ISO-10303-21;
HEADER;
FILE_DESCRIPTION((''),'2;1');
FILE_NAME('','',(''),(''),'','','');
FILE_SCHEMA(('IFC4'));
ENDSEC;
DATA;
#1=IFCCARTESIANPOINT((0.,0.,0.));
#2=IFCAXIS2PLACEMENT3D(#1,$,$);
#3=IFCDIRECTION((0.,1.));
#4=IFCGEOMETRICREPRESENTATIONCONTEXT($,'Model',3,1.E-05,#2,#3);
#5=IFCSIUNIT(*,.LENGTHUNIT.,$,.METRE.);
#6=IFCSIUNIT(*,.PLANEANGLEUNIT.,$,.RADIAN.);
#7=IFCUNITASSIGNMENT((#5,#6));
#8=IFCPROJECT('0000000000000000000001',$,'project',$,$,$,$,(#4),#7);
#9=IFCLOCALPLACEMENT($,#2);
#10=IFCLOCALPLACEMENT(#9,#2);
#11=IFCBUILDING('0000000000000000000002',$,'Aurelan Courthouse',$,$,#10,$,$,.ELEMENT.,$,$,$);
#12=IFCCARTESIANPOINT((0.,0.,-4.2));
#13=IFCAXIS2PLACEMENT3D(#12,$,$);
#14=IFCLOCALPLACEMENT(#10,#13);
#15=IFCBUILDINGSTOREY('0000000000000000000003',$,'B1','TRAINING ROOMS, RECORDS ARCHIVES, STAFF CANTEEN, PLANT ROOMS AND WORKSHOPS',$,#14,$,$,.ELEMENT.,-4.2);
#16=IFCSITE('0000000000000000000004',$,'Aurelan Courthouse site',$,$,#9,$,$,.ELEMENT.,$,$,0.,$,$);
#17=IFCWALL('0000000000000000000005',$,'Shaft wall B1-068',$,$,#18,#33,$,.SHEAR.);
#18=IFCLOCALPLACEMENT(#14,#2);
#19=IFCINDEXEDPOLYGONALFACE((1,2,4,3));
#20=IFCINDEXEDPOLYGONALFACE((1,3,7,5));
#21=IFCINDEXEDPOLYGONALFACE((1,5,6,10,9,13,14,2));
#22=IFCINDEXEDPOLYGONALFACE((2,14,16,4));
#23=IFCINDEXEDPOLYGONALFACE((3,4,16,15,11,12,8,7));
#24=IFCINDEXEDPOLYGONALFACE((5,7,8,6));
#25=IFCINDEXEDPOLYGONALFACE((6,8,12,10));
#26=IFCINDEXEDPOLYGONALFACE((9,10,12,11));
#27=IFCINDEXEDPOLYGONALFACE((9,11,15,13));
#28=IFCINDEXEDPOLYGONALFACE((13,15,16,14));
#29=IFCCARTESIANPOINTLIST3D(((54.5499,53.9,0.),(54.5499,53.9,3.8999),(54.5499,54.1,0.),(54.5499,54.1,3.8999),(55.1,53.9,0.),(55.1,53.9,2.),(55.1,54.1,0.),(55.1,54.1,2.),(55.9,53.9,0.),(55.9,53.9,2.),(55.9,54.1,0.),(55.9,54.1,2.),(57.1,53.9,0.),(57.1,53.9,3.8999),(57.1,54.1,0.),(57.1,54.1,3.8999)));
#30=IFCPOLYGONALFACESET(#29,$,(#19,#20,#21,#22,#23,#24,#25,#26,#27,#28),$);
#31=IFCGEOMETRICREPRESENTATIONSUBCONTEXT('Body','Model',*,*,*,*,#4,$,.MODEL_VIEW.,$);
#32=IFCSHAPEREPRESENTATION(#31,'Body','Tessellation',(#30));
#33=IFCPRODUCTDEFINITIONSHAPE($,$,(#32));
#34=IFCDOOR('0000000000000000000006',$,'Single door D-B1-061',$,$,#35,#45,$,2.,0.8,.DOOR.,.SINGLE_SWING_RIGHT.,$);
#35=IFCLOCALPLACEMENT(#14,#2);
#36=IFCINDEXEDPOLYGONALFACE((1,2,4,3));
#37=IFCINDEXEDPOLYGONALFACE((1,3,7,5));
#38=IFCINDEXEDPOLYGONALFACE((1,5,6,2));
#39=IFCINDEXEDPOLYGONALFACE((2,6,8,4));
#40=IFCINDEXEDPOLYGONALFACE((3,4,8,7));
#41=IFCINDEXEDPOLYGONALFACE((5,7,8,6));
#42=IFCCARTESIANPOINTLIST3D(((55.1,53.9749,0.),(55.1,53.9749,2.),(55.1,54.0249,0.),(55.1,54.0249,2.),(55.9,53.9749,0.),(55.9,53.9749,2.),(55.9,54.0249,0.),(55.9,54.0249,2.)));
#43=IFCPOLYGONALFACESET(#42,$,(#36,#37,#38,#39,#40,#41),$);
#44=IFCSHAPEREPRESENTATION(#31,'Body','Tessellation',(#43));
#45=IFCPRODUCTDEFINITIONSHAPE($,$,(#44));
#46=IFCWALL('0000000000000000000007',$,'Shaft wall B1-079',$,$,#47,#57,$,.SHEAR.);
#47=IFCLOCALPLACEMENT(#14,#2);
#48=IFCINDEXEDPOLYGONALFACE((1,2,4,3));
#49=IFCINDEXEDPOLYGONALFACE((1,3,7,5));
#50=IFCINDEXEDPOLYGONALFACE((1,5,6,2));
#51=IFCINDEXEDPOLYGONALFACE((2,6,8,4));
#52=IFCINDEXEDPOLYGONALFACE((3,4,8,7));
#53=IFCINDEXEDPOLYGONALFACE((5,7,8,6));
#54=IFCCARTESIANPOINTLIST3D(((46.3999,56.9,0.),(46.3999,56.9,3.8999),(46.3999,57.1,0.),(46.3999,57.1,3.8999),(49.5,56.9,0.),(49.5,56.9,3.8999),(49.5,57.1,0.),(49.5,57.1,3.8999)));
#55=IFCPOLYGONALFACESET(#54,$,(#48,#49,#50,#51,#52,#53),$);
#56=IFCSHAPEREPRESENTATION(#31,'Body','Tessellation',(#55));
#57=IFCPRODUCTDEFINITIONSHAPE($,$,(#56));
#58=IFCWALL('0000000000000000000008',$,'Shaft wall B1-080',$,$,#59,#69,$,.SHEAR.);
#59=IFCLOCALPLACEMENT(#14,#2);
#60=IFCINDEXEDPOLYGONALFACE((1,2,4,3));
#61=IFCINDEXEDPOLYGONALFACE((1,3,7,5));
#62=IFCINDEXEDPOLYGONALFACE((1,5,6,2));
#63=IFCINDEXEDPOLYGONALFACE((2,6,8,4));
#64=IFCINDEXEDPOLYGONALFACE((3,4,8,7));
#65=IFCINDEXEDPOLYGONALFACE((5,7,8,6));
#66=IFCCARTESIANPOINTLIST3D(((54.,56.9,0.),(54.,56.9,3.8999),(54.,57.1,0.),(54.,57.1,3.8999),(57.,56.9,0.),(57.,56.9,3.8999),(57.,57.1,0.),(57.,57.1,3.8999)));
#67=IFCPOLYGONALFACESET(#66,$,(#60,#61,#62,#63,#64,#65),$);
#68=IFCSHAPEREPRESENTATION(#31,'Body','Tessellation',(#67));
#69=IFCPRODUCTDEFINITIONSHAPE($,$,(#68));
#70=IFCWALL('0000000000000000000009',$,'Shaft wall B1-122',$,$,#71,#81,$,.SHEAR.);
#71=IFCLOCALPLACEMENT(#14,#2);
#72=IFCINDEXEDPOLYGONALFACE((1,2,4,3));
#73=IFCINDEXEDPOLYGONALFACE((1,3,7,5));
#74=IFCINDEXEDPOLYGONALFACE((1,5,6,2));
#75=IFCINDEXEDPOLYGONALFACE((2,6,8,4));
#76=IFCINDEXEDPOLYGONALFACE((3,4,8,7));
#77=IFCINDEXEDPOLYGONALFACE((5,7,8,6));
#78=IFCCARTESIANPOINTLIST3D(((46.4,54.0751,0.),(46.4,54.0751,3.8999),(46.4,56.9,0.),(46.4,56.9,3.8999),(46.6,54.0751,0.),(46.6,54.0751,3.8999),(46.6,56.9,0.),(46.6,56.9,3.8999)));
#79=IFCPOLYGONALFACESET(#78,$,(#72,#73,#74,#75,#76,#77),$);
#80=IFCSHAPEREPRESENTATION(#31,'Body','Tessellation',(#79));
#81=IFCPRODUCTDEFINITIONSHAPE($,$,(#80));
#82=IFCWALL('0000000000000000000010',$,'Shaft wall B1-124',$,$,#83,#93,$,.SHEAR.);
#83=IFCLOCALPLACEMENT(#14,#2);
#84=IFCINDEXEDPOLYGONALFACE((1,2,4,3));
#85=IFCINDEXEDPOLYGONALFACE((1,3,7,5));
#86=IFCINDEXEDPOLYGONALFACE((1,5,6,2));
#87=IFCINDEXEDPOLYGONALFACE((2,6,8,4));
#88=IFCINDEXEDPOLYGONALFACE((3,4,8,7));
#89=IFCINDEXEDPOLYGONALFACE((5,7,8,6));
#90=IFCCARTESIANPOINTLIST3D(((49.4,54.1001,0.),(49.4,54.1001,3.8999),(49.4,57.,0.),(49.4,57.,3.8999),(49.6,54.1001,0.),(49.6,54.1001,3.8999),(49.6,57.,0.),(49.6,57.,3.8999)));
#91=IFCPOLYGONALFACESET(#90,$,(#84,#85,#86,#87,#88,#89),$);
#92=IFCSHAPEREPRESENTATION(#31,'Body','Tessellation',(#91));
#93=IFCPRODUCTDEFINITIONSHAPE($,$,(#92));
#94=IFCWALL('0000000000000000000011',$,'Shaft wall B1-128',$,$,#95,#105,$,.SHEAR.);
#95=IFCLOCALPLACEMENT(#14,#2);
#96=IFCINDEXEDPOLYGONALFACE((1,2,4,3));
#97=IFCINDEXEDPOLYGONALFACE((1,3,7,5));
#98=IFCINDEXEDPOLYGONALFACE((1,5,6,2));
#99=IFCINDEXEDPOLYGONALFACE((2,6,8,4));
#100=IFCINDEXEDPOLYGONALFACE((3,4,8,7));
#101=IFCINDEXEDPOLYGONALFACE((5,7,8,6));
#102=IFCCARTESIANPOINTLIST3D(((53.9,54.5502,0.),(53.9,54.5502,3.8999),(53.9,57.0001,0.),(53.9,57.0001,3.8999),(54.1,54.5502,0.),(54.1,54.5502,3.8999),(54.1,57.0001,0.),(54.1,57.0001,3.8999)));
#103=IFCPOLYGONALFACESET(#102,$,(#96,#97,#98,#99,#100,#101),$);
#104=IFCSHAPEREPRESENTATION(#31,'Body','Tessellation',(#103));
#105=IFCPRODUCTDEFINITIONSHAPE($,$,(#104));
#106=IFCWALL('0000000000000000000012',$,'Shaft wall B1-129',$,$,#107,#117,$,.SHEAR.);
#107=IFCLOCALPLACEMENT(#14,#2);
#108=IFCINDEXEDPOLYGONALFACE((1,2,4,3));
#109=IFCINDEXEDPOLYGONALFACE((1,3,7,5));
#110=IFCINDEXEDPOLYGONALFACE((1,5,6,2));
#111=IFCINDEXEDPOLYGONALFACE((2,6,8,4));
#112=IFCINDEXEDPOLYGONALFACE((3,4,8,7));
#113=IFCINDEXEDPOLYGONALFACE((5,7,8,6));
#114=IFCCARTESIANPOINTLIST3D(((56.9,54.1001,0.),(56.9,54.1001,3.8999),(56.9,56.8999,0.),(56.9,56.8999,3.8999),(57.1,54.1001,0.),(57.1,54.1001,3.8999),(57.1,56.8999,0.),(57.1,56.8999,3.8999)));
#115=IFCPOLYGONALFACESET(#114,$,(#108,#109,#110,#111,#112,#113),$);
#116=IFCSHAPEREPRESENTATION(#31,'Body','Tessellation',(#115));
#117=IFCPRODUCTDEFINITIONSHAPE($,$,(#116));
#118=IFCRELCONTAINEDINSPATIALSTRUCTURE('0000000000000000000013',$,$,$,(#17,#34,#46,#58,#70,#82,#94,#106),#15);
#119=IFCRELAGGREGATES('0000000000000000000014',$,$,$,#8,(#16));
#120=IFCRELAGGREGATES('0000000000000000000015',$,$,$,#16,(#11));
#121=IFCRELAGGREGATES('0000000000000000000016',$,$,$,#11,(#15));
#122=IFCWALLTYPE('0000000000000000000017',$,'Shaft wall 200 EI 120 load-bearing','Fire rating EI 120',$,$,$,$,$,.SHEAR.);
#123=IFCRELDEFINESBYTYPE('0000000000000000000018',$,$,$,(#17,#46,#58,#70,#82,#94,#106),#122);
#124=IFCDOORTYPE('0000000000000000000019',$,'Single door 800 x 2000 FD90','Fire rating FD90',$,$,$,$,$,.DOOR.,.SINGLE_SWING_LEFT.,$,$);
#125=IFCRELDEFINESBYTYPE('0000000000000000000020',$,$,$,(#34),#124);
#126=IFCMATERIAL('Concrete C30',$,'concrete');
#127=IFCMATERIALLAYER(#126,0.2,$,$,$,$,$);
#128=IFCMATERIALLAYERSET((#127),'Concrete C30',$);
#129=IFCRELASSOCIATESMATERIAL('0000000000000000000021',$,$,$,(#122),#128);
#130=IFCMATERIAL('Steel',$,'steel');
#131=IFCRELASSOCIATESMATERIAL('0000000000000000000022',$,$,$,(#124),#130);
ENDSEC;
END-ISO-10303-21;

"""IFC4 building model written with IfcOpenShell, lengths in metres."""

from ifc_helpers import new_model, si_unit, direction, frame, frame_2d, origin, place, context, subcontext, project, spatial, rectangle, extrude, material, layer, layer_set, type_object, element, fill, save


model = new_model("IFC4")

# Units and contexts
model_context = context("Model", 3, precision=1e-05, world=origin(), true_north=direction((0.0, 1.0)))
body_context = subcontext(model_context, "Body", "Model", "MODEL_VIEW")
ifc_project = project(units=[si_unit("LENGTHUNIT", "METRE"), si_unit("PLANEANGLEUNIT", "RADIAN")], contexts=[model_context])

# Site, building, storey
site_placement = place(None, origin())
site = spatial("IfcSite", under=ifc_project, at=site_placement, Name="Aurelan Courthouse site", CompositionType="ELEMENT", RefElevation=0.0)
building_placement = place(site_placement, origin())
building = spatial("IfcBuilding", under=site, at=building_placement, Name="Aurelan Courthouse", CompositionType="ELEMENT")
storey_placement = place(building_placement, frame((0.0, 0.0, -4.2)))
storey = spatial("IfcBuildingStorey", under=building, at=storey_placement, Name="B1", Description="TRAINING ROOMS, RECORDS ARCHIVES, STAFF CANTEEN, PLANT ROOMS AND WORKSHOPS", CompositionType="ELEMENT", Elevation=-4.2)

# Wall, opening, door
ifc_material_1 = material(Name="Steel", Category="steel")
ifc_material_2 = material(Name="Concrete C30", Category="concrete")
ifc_layer_1 = layer(ifc_material_2, 0.2)
ifc_layer_set_1 = layer_set([ifc_layer_1], Name="Concrete C30")
wall_type_1 = type_object("IfcWallType", Name="Shaft wall 200 EI 120 load-bearing", Description="Fire rating EI 120", PredefinedType="SHEAR", material=ifc_layer_set_1)
door_type_1 = type_object("IfcDoorType", Name="Single door 800 x 2000 FD90", Description="Fire rating FD90", OperationType="SINGLE_SWING_LEFT", PredefinedType="DOOR", material=ifc_material_1)
wall_1_placement = place(storey_placement, frame((54.55, 54.0, 0.0), z_axis=(0.0, 0.0, 1.0), x_axis=(1.0, 0.0, 0.0)))
wall_1 = element("IfcWall", 1, at=wall_1_placement, inside=storey, type_object=wall_type_1, Name="Shaft wall B1-068", PredefinedType="SHEAR", context=body_context, shape_type="SweptSolid", body=[
    extrude(rectangle(XDim=2.55, YDim=0.2, at=frame_2d((1.2749, 0.0))), origin(), (0.0, 0.0, 1.0), 3.8999),
])
opening_1_placement = place(wall_1_placement, frame((0.55, 0.0, 0.0)))
opening_1 = element("IfcOpeningElement", 2, at=opening_1_placement, cuts=wall_1, PredefinedType="OPENING", context=body_context, shape_type="SweptSolid", body=[
    extrude(rectangle(XDim=0.8, YDim=2.0, at=frame_2d((0.3999, 1.0))), frame((0.0, 0.1099, 0.0), z_axis=(0.0, -1.0, 0.0), x_axis=(1.0, 0.0, 0.0)), (0.0, 0.0, 1.0), 0.22),
])
door_1_placement = place(opening_1_placement, origin())
door_1 = element("IfcDoor", 3, at=door_1_placement, inside=storey, type_object=door_type_1, Name="Single door D-B1-061", OperationType="SINGLE_SWING_RIGHT", OverallHeight=2.0, OverallWidth=0.8, PredefinedType="DOOR", context=body_context, shape_type="SweptSolid", body=[
    extrude(rectangle(XDim=0.8, YDim=2.0, at=frame_2d((0.3999, 1.0))), frame((0.0, 0.0249, 0.0), z_axis=(0.0, -1.0, 0.0), x_axis=(1.0, 0.0, 0.0)), (0.0, 0.0, 1.0), 0.05),
])
fill(opening_1, door_1)

# Walls
wall_2_placement = place(storey_placement, frame((46.3999, 57.0, 0.0), z_axis=(0.0, 0.0, 1.0), x_axis=(1.0, 0.0, 0.0)))
element("IfcWall", 4, at=wall_2_placement, inside=storey, type_object=wall_type_1, Name="Shaft wall B1-079", PredefinedType="SHEAR", context=body_context, shape_type="SweptSolid", body=[
    extrude(rectangle(XDim=3.1001, YDim=0.2, at=frame_2d((1.55, 0.0))), origin(), (0.0, 0.0, 1.0), 3.8999),
])
wall_3_placement = place(storey_placement, frame((54.0, 57.0, 0.0), z_axis=(0.0, 0.0, 1.0), x_axis=(1.0, 0.0, 0.0)))
element("IfcWall", 5, at=wall_3_placement, inside=storey, type_object=wall_type_1, Name="Shaft wall B1-080", PredefinedType="SHEAR", context=body_context, shape_type="SweptSolid", body=[
    extrude(rectangle(XDim=3.0, YDim=0.2, at=frame_2d((1.5, 0.0))), origin(), (0.0, 0.0, 1.0), 3.8999),
])
wall_4_placement = place(storey_placement, frame((46.5, 54.075, 0.0), z_axis=(0.0, 0.0, 1.0), x_axis=(0.0, 1.0, 0.0)))
element("IfcWall", 6, at=wall_4_placement, inside=storey, type_object=wall_type_1, Name="Shaft wall B1-122", PredefinedType="SHEAR", context=body_context, shape_type="SweptSolid", body=[
    extrude(rectangle(XDim=2.825, YDim=0.2, at=frame_2d((1.4126, 0.0))), origin(), (0.0, 0.0, 1.0), 3.8999),
])
wall_5_placement = place(storey_placement, frame((49.5, 54.1001, 0.0), z_axis=(0.0, 0.0, 1.0), x_axis=(0.0, 1.0, 0.0)))
element("IfcWall", 7, at=wall_5_placement, inside=storey, type_object=wall_type_1, Name="Shaft wall B1-124", PredefinedType="SHEAR", context=body_context, shape_type="SweptSolid", body=[
    extrude(rectangle(XDim=2.8999, YDim=0.2, at=frame_2d((1.45, 0.0))), origin(), (0.0, 0.0, 1.0), 3.8999),
])
wall_6_placement = place(storey_placement, frame((54.0, 54.55, 0.0), z_axis=(0.0, 0.0, 1.0), x_axis=(0.0, 1.0, 0.0)))
element("IfcWall", 8, at=wall_6_placement, inside=storey, type_object=wall_type_1, Name="Shaft wall B1-128", PredefinedType="SHEAR", context=body_context, shape_type="SweptSolid", body=[
    extrude(rectangle(XDim=2.45, YDim=0.2, at=frame_2d((1.2251, 0.0))), origin(), (0.0, 0.0, 1.0), 3.8999),
])
wall_7_placement = place(storey_placement, frame((57.0, 54.1001, 0.0), z_axis=(0.0, 0.0, 1.0), x_axis=(0.0, 1.0, 0.0)))
element("IfcWall", 9, at=wall_7_placement, inside=storey, type_object=wall_type_1, Name="Shaft wall B1-129", PredefinedType="SHEAR", context=body_context, shape_type="SweptSolid", body=[
    extrude(rectangle(XDim=2.7998, YDim=0.2, at=frame_2d((1.3999, 0.0))), origin(), (0.0, 0.0, 1.0), 3.8999),
])

save(model, "model.ifc")
